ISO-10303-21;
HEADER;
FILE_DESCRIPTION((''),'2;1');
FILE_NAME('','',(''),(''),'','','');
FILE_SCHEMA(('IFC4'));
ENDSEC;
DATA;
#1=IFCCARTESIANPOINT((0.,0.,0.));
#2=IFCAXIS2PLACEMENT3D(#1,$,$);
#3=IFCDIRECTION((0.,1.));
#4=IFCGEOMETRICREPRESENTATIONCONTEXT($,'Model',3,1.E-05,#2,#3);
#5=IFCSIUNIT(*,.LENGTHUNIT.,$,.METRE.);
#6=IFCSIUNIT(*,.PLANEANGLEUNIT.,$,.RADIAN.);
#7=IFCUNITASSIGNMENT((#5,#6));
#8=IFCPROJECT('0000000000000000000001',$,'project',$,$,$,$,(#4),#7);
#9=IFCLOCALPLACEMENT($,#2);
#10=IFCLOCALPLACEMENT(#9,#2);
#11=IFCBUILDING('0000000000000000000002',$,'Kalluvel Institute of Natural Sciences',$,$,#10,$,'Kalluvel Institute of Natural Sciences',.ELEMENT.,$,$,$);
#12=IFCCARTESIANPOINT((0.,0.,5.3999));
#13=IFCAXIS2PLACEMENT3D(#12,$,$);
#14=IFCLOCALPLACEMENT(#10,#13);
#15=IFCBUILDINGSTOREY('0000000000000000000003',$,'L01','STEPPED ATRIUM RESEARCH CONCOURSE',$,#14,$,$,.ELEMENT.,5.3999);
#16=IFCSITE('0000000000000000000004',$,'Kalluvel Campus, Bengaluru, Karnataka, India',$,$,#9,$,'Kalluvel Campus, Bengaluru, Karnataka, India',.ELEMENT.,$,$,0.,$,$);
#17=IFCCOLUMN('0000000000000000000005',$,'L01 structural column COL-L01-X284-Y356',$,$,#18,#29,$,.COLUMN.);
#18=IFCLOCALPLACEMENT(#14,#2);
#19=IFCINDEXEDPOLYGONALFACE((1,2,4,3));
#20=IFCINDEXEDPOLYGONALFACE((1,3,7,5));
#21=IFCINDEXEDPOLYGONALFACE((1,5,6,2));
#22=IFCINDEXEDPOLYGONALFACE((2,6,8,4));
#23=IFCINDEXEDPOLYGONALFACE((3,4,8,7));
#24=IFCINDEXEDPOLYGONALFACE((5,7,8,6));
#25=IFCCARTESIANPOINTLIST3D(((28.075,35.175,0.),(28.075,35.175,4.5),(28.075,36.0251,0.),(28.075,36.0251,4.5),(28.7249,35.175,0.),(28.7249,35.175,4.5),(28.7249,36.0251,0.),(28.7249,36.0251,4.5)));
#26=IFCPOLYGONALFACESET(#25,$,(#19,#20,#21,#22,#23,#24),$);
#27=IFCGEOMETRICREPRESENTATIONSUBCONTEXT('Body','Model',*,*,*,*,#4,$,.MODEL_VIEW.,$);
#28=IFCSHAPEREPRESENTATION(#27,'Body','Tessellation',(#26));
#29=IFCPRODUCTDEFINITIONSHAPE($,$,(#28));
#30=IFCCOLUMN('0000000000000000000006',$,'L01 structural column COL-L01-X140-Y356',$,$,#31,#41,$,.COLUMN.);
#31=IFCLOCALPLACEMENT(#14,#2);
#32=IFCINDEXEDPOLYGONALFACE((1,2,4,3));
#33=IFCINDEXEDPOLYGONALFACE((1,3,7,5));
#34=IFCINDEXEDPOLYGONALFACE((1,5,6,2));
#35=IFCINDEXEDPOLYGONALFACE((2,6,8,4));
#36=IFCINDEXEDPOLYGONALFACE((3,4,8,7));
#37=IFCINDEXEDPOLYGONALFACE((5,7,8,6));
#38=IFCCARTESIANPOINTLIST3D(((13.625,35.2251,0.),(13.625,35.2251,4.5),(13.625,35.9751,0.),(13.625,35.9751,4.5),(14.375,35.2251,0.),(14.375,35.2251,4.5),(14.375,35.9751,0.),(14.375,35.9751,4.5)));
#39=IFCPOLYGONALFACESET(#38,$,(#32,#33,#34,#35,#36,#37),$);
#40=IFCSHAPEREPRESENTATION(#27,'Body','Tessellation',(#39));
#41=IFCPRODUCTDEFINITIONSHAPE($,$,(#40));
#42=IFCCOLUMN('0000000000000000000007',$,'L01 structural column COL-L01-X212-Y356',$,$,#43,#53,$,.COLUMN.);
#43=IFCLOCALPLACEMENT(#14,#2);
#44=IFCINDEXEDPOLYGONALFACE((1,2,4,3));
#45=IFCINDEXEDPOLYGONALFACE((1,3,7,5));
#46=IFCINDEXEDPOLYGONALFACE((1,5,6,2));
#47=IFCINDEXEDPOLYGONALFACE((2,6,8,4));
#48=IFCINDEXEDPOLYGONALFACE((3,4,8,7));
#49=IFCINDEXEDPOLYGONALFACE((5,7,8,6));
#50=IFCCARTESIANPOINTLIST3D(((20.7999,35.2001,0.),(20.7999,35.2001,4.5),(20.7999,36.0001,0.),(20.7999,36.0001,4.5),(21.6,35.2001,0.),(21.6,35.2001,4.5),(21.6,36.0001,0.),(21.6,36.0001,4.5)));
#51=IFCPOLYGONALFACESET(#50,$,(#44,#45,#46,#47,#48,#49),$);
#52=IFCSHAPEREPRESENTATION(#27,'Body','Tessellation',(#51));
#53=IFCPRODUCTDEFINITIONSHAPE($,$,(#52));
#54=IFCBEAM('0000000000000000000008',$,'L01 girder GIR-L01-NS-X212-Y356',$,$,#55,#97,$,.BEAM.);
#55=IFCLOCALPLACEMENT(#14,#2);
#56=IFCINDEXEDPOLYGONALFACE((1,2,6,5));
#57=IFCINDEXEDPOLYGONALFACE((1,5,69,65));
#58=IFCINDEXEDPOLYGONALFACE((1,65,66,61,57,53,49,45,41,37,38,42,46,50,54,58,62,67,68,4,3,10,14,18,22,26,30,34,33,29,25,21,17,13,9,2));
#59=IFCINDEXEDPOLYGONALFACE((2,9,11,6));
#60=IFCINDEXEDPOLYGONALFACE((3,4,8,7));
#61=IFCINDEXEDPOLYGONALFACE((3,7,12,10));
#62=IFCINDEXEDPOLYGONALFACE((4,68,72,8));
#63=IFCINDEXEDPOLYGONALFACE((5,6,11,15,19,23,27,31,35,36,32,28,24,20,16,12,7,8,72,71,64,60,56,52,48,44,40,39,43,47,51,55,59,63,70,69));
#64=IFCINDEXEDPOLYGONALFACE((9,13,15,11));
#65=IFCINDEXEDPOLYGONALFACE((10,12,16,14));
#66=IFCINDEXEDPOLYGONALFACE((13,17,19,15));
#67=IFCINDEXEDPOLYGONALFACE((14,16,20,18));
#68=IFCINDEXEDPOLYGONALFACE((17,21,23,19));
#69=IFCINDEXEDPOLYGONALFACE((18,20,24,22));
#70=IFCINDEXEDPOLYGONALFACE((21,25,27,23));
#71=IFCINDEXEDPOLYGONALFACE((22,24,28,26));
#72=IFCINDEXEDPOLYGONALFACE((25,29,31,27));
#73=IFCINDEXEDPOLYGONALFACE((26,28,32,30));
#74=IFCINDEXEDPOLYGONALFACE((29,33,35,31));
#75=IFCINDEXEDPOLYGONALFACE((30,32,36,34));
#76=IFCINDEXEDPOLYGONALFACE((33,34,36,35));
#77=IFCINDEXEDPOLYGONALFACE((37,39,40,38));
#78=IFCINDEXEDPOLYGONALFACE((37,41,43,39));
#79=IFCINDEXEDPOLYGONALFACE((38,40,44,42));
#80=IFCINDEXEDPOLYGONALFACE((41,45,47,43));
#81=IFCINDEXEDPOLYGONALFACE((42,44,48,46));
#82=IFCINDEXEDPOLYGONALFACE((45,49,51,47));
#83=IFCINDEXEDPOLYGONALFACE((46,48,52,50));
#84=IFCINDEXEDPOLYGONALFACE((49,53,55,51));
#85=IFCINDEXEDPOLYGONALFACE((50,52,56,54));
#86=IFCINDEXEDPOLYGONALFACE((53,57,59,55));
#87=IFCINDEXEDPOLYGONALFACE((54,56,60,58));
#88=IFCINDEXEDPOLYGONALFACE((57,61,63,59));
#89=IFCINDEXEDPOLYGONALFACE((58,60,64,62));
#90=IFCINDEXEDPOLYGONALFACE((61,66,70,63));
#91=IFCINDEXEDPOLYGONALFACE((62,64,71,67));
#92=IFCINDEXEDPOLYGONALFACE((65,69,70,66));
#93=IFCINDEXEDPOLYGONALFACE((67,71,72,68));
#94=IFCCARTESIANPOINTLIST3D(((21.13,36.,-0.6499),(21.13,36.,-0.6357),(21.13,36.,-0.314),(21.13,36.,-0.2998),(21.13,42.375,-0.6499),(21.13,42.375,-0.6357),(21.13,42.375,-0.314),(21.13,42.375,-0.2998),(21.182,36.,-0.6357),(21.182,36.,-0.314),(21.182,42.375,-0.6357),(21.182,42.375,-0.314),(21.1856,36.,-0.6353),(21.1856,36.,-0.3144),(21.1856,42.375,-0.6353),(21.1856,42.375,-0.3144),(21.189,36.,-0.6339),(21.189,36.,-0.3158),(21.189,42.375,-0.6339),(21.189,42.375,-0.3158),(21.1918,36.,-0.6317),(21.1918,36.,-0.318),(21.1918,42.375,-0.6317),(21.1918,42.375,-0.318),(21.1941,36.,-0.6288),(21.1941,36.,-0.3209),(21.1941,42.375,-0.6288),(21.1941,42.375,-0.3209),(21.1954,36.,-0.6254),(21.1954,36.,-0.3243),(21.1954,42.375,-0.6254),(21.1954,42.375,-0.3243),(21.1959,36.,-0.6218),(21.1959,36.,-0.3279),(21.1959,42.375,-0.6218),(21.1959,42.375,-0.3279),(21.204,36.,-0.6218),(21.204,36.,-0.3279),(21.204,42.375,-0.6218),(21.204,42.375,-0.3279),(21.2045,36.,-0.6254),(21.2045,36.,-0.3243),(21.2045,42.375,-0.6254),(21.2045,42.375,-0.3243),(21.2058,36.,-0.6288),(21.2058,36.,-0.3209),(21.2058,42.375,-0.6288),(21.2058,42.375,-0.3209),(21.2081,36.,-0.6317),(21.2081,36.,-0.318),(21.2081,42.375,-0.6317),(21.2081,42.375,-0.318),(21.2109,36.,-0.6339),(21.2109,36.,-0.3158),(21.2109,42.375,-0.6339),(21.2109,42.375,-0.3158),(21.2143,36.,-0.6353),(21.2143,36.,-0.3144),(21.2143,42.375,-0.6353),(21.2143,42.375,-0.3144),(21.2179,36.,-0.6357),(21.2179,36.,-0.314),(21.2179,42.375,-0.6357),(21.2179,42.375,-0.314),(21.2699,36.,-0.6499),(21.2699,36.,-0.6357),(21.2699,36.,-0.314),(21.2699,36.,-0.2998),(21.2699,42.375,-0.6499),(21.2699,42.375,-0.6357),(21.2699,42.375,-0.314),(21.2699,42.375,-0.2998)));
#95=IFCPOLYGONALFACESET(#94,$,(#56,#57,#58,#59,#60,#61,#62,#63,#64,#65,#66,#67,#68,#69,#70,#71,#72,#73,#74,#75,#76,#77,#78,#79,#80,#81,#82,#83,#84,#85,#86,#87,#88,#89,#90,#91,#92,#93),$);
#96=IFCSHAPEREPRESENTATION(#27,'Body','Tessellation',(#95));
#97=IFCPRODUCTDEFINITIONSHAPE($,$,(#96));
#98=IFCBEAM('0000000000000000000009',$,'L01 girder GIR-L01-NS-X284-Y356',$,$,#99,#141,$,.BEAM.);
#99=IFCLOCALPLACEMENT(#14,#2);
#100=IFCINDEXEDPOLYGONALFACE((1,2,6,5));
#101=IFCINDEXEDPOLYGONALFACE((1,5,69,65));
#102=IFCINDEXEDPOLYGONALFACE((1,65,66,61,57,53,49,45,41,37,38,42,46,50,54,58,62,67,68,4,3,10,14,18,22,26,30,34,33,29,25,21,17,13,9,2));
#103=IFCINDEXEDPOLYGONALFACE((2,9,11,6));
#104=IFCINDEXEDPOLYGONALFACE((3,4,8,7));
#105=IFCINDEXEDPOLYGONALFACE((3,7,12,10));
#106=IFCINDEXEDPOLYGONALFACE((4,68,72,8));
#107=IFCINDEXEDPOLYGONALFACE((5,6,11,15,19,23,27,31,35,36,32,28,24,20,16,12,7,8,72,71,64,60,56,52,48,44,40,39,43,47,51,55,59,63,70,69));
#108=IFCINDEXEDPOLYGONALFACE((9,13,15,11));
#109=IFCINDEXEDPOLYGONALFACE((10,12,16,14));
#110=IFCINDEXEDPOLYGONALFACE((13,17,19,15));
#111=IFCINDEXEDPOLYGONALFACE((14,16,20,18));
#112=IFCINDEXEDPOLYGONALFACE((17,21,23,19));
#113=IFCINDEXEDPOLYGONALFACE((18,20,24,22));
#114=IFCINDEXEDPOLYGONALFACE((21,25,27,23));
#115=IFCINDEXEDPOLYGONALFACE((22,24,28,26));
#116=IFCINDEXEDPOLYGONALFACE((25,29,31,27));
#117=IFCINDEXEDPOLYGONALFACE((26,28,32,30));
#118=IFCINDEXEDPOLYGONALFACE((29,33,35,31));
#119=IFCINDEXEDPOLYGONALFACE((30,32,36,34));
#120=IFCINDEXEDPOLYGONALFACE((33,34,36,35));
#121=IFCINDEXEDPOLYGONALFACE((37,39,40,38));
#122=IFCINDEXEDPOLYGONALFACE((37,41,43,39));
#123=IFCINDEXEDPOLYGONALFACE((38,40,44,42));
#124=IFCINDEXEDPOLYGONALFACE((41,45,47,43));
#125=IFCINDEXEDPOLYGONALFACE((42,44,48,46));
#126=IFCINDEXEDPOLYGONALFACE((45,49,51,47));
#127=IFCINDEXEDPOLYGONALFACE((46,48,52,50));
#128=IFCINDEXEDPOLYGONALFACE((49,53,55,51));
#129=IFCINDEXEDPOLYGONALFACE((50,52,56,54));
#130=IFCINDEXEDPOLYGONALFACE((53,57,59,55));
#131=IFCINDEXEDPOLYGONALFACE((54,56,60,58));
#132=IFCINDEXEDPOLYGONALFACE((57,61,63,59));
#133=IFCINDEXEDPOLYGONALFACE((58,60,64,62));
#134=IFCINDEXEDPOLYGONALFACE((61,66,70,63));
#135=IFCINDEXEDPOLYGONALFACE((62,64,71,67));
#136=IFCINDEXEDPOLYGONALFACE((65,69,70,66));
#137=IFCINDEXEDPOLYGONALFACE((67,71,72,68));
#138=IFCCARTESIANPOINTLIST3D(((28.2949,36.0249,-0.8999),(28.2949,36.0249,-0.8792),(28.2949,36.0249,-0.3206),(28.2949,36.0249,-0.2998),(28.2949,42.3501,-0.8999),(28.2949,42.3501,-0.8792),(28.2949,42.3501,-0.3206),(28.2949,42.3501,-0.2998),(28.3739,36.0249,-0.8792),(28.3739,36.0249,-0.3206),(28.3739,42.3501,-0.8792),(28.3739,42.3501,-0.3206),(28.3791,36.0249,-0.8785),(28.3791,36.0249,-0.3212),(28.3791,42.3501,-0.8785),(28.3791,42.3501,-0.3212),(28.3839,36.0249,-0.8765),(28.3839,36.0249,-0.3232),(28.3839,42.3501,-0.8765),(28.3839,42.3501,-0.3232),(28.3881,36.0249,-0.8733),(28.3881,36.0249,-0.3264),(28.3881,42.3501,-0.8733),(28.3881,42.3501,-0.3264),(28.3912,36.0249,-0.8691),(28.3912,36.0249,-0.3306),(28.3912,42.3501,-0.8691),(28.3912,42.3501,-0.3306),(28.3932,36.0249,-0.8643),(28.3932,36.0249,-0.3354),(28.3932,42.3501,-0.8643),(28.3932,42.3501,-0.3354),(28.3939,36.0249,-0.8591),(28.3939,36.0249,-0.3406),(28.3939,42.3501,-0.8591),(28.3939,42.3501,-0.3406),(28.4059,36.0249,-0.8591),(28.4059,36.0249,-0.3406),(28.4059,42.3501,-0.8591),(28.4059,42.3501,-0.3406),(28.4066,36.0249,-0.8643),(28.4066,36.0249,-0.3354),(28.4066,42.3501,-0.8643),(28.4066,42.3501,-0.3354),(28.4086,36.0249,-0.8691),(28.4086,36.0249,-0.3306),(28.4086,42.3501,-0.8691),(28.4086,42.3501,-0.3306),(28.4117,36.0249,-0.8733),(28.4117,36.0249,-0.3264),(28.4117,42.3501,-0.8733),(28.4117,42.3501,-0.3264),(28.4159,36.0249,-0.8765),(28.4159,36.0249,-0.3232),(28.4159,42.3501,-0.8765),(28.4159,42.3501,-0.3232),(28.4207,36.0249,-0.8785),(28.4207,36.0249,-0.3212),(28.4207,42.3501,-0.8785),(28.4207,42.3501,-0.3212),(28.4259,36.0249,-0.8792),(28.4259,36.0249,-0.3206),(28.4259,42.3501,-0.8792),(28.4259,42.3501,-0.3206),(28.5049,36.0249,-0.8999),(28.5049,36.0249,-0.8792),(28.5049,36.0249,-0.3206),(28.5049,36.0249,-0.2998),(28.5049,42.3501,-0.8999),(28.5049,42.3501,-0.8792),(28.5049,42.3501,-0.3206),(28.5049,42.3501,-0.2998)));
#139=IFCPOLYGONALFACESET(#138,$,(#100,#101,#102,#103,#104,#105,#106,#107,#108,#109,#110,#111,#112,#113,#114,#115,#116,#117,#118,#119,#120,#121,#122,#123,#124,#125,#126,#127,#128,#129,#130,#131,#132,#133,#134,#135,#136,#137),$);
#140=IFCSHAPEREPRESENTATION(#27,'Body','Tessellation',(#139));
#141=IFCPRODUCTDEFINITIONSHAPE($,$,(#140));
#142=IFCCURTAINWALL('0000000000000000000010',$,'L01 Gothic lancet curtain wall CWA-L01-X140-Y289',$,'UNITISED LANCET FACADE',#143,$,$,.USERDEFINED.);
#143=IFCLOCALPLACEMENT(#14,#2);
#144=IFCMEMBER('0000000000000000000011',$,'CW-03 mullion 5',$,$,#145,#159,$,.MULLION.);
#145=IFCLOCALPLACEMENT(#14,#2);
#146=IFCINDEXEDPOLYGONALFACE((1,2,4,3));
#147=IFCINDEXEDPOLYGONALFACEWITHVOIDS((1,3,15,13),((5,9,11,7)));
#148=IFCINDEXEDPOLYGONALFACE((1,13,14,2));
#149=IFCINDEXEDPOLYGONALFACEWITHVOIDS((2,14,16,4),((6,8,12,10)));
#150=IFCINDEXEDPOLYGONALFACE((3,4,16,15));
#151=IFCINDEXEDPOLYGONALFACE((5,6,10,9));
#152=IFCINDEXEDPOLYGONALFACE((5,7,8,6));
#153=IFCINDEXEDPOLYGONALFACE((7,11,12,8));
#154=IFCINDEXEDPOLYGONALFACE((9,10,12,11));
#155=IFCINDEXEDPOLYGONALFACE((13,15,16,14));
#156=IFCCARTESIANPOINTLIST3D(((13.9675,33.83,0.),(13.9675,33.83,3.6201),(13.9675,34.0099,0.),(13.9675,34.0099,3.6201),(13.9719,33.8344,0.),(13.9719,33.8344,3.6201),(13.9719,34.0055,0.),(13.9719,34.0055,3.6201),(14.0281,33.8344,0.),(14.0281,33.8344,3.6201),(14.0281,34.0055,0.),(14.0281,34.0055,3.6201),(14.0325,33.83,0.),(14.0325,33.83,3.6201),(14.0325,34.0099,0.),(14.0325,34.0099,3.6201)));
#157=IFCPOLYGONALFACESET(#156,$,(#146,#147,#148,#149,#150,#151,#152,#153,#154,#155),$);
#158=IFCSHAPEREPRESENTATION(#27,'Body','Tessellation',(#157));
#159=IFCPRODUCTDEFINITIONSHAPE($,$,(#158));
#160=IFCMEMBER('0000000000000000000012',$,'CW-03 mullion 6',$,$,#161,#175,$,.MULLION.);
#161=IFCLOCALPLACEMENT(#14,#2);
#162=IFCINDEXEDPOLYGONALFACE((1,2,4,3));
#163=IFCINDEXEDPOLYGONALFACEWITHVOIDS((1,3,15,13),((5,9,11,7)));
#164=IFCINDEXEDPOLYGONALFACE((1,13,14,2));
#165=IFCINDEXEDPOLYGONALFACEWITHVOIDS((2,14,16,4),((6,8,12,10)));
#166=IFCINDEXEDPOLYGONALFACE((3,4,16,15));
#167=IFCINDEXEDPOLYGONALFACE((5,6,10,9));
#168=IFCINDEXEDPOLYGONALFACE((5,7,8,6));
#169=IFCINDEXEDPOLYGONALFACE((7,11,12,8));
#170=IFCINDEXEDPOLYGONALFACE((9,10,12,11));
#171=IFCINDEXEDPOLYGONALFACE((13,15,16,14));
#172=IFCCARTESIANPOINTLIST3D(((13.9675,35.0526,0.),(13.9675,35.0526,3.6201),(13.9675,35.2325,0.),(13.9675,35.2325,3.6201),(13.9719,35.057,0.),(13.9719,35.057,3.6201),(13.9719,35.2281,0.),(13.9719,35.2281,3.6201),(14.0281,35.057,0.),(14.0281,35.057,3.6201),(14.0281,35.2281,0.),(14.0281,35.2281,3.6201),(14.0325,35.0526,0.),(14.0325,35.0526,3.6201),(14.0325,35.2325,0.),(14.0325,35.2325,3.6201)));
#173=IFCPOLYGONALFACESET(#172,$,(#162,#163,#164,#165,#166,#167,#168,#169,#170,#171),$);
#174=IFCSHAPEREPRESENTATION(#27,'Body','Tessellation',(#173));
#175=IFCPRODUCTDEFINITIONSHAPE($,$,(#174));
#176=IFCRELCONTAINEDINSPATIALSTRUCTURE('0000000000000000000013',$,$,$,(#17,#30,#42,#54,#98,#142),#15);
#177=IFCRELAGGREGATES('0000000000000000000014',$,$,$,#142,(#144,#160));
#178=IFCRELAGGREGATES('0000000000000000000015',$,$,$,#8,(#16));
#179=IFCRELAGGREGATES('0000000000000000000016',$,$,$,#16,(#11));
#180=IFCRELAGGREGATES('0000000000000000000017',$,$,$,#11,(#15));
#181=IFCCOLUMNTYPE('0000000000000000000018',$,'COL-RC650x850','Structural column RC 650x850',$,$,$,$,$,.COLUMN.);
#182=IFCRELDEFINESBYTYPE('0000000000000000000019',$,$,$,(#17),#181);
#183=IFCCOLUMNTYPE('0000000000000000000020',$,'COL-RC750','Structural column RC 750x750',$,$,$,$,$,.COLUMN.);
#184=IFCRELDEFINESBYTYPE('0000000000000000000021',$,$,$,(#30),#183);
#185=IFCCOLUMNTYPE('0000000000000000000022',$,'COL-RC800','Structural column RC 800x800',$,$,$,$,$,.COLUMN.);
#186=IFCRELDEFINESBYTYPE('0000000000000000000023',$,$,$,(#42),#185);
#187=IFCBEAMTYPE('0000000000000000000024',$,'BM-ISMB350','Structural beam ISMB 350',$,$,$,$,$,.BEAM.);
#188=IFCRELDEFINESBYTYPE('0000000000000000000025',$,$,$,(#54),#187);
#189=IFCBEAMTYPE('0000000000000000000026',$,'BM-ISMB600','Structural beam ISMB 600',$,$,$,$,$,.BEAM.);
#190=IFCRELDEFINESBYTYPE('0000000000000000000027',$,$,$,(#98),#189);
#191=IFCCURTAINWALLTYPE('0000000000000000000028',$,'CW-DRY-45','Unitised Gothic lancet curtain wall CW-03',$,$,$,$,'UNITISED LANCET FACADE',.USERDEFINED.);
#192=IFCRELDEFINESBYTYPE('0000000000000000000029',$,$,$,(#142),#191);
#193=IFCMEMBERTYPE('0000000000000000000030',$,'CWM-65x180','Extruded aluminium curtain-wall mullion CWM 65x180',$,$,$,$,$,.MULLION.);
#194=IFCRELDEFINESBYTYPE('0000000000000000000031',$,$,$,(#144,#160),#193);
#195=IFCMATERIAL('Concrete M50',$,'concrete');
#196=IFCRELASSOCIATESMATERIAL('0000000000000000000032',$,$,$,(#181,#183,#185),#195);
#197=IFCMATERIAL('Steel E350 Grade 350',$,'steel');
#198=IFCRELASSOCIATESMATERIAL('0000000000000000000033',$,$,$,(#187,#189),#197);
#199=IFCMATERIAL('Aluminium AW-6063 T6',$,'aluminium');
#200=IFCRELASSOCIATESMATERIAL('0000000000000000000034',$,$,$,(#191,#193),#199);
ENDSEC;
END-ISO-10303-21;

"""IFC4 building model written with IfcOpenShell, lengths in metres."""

from ifc_helpers import new_model, si_unit, direction, frame, origin, origin_2d, place, context, subcontext, project, spatial, rectangle, hollow_rectangle, i_section, extrude, material, material_profile, profile_set, type_object, element, aggregate, save


model = new_model("IFC4")

# Units and contexts
model_context = context("Model", 3, precision=1e-05, world=origin(), true_north=direction((0.0, 1.0)))
body_context = subcontext(model_context, "Body", "Model", "MODEL_VIEW")
ifc_project = project(units=[si_unit("LENGTHUNIT", "METRE"), si_unit("PLANEANGLEUNIT", "RADIAN")], contexts=[model_context])

# Site, building, storey
site_placement = place(None, origin())
site = spatial("IfcSite", under=ifc_project, at=site_placement, Name="Kalluvel Campus, Bengaluru, Karnataka, India", LongName="Kalluvel Campus, Bengaluru, Karnataka, India", CompositionType="ELEMENT", RefElevation=0.0)
building_placement = place(site_placement, origin())
building = spatial("IfcBuilding", under=site, at=building_placement, Name="Kalluvel Institute of Natural Sciences", LongName="Kalluvel Institute of Natural Sciences", CompositionType="ELEMENT")
storey_placement = place(building_placement, frame((0.0, 0.0, 5.3999)))
storey = spatial("IfcBuildingStorey", under=building, at=storey_placement, Name="L01", Description="STEPPED ATRIUM RESEARCH CONCOURSE", CompositionType="ELEMENT", Elevation=5.3999)

# Columns
ifc_material_1 = material(Name="Concrete M50", Category="concrete")
ifc_material_profile_1 = material_profile(ifc_material_1, rectangle(XDim=0.6499, YDim=0.8501, at=origin_2d()), Name="RC 650x850")
ifc_profile_set_1 = profile_set([ifc_material_profile_1], Name="Concrete M50")
column_type_1 = type_object("IfcColumnType", Name="COL-RC650x850", Description="Structural column RC 650x850", PredefinedType="COLUMN", material=ifc_profile_set_1)
column_1_placement = place(storey_placement, frame((28.3999, 35.6001, 0.0), z_axis=(0.0, 0.0, 1.0), x_axis=(1.0, 0.0, 0.0)))
element("IfcColumn", 1, at=column_1_placement, inside=storey, type_object=column_type_1, Name="L01 structural column COL-L01-X284-Y356", PredefinedType="COLUMN", context=body_context, shape_type="SweptSolid", body=[
    extrude(rectangle(XDim=0.6499, YDim=0.8501, at=origin_2d()), origin(), (0.0, 0.0, 1.0), 4.5),
])
ifc_material_profile_2 = material_profile(ifc_material_1, rectangle(XDim=0.75, YDim=0.75, at=origin_2d()), Name="RC 750x750")
ifc_profile_set_2 = profile_set([ifc_material_profile_2], Name="Concrete M50")
column_type_2 = type_object("IfcColumnType", Name="COL-RC750", Description="Structural column RC 750x750", PredefinedType="COLUMN", material=ifc_profile_set_2)
column_2_placement = place(storey_placement, frame((14.0, 35.6001, 0.0), z_axis=(0.0, 0.0, 1.0), x_axis=(1.0, 0.0, 0.0)))
element("IfcColumn", 2, at=column_2_placement, inside=storey, type_object=column_type_2, Name="L01 structural column COL-L01-X140-Y356", PredefinedType="COLUMN", context=body_context, shape_type="SweptSolid", body=[
    extrude(rectangle(XDim=0.75, YDim=0.75, at=origin_2d()), origin(), (0.0, 0.0, 1.0), 4.5),
])
ifc_material_profile_3 = material_profile(ifc_material_1, rectangle(XDim=0.8, YDim=0.8, at=origin_2d()), Name="RC 800x800")
ifc_profile_set_3 = profile_set([ifc_material_profile_3], Name="Concrete M50")
column_type_3 = type_object("IfcColumnType", Name="COL-RC800", Description="Structural column RC 800x800", PredefinedType="COLUMN", material=ifc_profile_set_3)
column_3_placement = place(storey_placement, frame((21.2, 35.6001, 0.0), z_axis=(0.0, 0.0, 1.0), x_axis=(1.0, 0.0, 0.0)))
element("IfcColumn", 3, at=column_3_placement, inside=storey, type_object=column_type_3, Name="L01 structural column COL-L01-X212-Y356", PredefinedType="COLUMN", context=body_context, shape_type="SweptSolid", body=[
    extrude(rectangle(XDim=0.8, YDim=0.8, at=origin_2d()), origin(), (0.0, 0.0, 1.0), 4.5),
])

# Beams
ifc_material_2 = material(Name="Steel E350 Grade 350", Category="steel")
ifc_material_profile_4 = material_profile(ifc_material_2, i_section(OverallWidth=0.1399, OverallDepth=0.3501, WebThickness=0.0081, FlangeThickness=0.0142, FilletRadius=0.0139, at=origin_2d()), Name="ISMB 350")
ifc_profile_set_4 = profile_set([ifc_material_profile_4], Name="Steel E350 Grade 350")
beam_type_1 = type_object("IfcBeamType", Name="BM-ISMB350", Description="Structural beam ISMB 350", PredefinedType="BEAM", material=ifc_profile_set_4)
beam_1_placement = place(storey_placement, frame((21.2, 36.0, -0.4749), z_axis=(0.0, 1.0, 0.0), x_axis=(-1.0, 0.0, 0.0)))
element("IfcBeam", 4, at=beam_1_placement, inside=storey, type_object=beam_type_1, Name="L01 girder GIR-L01-NS-X212-Y356", PredefinedType="BEAM", context=body_context, shape_type="SweptSolid", body=[
    extrude(i_section(OverallWidth=0.1399, OverallDepth=0.3501, WebThickness=0.0081, FlangeThickness=0.0142, FilletRadius=0.0139, at=origin_2d()), origin(), (0.0, 0.0, 1.0), 6.375),
])
ifc_material_profile_5 = material_profile(ifc_material_2, i_section(OverallWidth=0.21, OverallDepth=0.6001, WebThickness=0.012, FlangeThickness=0.0208, FilletRadius=0.02, at=origin_2d()), Name="ISMB 600")
ifc_profile_set_5 = profile_set([ifc_material_profile_5], Name="Steel E350 Grade 350")
beam_type_2 = type_object("IfcBeamType", Name="BM-ISMB600", Description="Structural beam ISMB 600", PredefinedType="BEAM", material=ifc_profile_set_5)
beam_2_placement = place(storey_placement, frame((28.3999, 36.0249, -0.5999), z_axis=(0.0, 1.0, 0.0), x_axis=(-1.0, 0.0, 0.0)))
element("IfcBeam", 5, at=beam_2_placement, inside=storey, type_object=beam_type_2, Name="L01 girder GIR-L01-NS-X284-Y356", PredefinedType="BEAM", context=body_context, shape_type="SweptSolid", body=[
    extrude(i_section(OverallWidth=0.21, OverallDepth=0.6001, WebThickness=0.012, FlangeThickness=0.0208, FilletRadius=0.02, at=origin_2d()), origin(), (0.0, 0.0, 1.0), 6.3252),
])

# Curtain wall, members
ifc_material_3 = material(Name="Aluminium AW-6063 T6", Category="aluminium")
curtain_wall_type = type_object("IfcCurtainWallType", Name="CW-DRY-45", Description="Unitised Gothic lancet curtain wall CW-03", ElementType="UNITISED LANCET FACADE", PredefinedType="USERDEFINED", material=ifc_material_3)
curtain_wall_placement = place(storey_placement, origin())
curtain_wall = element("IfcCurtainWall", 6, at=curtain_wall_placement, inside=storey, type_object=curtain_wall_type, Name="L01 Gothic lancet curtain wall CWA-L01-X140-Y289", ObjectType="UNITISED LANCET FACADE", PredefinedType="USERDEFINED")
ifc_material_profile_6 = material_profile(ifc_material_3, hollow_rectangle(XDim=0.0649, YDim=0.1799, WallThickness=0.0044, at=origin_2d()), Name="CWM 65x180")
ifc_profile_set_6 = profile_set([ifc_material_profile_6], Name="Aluminium AW-6063 T6")
member_type_1 = type_object("IfcMemberType", Name="CWM-65x180", Description="Extruded aluminium curtain-wall mullion CWM 65x180", PredefinedType="MULLION", material=ifc_profile_set_6)
member_1_placement = place(storey_placement, frame((14.0, 33.9199, 0.0), z_axis=(0.0, 0.0, 1.0), x_axis=(-1.0, 0.0, 0.0)))
member_1 = element("IfcMember", 7, at=member_1_placement, type_object=member_type_1, Name="CW-03 mullion 5", PredefinedType="MULLION", context=body_context, shape_type="SweptSolid", body=[
    extrude(hollow_rectangle(XDim=0.0649, YDim=0.1799, WallThickness=0.0044, at=origin_2d()), origin(), (0.0, 0.0, 1.0), 3.6201),
])
member_2_placement = place(storey_placement, frame((14.0, 35.1426, 0.0), z_axis=(0.0, 0.0, 1.0), x_axis=(-1.0, 0.0, 0.0)))
member_2 = element("IfcMember", 8, at=member_2_placement, type_object=member_type_1, Name="CW-03 mullion 6", PredefinedType="MULLION", context=body_context, shape_type="SweptSolid", body=[
    extrude(hollow_rectangle(XDim=0.0649, YDim=0.1799, WallThickness=0.0044, at=origin_2d()), origin(), (0.0, 0.0, 1.0), 3.6201),
])

aggregate(curtain_wall, [member_1, member_2])

save(model, "model.ifc")
